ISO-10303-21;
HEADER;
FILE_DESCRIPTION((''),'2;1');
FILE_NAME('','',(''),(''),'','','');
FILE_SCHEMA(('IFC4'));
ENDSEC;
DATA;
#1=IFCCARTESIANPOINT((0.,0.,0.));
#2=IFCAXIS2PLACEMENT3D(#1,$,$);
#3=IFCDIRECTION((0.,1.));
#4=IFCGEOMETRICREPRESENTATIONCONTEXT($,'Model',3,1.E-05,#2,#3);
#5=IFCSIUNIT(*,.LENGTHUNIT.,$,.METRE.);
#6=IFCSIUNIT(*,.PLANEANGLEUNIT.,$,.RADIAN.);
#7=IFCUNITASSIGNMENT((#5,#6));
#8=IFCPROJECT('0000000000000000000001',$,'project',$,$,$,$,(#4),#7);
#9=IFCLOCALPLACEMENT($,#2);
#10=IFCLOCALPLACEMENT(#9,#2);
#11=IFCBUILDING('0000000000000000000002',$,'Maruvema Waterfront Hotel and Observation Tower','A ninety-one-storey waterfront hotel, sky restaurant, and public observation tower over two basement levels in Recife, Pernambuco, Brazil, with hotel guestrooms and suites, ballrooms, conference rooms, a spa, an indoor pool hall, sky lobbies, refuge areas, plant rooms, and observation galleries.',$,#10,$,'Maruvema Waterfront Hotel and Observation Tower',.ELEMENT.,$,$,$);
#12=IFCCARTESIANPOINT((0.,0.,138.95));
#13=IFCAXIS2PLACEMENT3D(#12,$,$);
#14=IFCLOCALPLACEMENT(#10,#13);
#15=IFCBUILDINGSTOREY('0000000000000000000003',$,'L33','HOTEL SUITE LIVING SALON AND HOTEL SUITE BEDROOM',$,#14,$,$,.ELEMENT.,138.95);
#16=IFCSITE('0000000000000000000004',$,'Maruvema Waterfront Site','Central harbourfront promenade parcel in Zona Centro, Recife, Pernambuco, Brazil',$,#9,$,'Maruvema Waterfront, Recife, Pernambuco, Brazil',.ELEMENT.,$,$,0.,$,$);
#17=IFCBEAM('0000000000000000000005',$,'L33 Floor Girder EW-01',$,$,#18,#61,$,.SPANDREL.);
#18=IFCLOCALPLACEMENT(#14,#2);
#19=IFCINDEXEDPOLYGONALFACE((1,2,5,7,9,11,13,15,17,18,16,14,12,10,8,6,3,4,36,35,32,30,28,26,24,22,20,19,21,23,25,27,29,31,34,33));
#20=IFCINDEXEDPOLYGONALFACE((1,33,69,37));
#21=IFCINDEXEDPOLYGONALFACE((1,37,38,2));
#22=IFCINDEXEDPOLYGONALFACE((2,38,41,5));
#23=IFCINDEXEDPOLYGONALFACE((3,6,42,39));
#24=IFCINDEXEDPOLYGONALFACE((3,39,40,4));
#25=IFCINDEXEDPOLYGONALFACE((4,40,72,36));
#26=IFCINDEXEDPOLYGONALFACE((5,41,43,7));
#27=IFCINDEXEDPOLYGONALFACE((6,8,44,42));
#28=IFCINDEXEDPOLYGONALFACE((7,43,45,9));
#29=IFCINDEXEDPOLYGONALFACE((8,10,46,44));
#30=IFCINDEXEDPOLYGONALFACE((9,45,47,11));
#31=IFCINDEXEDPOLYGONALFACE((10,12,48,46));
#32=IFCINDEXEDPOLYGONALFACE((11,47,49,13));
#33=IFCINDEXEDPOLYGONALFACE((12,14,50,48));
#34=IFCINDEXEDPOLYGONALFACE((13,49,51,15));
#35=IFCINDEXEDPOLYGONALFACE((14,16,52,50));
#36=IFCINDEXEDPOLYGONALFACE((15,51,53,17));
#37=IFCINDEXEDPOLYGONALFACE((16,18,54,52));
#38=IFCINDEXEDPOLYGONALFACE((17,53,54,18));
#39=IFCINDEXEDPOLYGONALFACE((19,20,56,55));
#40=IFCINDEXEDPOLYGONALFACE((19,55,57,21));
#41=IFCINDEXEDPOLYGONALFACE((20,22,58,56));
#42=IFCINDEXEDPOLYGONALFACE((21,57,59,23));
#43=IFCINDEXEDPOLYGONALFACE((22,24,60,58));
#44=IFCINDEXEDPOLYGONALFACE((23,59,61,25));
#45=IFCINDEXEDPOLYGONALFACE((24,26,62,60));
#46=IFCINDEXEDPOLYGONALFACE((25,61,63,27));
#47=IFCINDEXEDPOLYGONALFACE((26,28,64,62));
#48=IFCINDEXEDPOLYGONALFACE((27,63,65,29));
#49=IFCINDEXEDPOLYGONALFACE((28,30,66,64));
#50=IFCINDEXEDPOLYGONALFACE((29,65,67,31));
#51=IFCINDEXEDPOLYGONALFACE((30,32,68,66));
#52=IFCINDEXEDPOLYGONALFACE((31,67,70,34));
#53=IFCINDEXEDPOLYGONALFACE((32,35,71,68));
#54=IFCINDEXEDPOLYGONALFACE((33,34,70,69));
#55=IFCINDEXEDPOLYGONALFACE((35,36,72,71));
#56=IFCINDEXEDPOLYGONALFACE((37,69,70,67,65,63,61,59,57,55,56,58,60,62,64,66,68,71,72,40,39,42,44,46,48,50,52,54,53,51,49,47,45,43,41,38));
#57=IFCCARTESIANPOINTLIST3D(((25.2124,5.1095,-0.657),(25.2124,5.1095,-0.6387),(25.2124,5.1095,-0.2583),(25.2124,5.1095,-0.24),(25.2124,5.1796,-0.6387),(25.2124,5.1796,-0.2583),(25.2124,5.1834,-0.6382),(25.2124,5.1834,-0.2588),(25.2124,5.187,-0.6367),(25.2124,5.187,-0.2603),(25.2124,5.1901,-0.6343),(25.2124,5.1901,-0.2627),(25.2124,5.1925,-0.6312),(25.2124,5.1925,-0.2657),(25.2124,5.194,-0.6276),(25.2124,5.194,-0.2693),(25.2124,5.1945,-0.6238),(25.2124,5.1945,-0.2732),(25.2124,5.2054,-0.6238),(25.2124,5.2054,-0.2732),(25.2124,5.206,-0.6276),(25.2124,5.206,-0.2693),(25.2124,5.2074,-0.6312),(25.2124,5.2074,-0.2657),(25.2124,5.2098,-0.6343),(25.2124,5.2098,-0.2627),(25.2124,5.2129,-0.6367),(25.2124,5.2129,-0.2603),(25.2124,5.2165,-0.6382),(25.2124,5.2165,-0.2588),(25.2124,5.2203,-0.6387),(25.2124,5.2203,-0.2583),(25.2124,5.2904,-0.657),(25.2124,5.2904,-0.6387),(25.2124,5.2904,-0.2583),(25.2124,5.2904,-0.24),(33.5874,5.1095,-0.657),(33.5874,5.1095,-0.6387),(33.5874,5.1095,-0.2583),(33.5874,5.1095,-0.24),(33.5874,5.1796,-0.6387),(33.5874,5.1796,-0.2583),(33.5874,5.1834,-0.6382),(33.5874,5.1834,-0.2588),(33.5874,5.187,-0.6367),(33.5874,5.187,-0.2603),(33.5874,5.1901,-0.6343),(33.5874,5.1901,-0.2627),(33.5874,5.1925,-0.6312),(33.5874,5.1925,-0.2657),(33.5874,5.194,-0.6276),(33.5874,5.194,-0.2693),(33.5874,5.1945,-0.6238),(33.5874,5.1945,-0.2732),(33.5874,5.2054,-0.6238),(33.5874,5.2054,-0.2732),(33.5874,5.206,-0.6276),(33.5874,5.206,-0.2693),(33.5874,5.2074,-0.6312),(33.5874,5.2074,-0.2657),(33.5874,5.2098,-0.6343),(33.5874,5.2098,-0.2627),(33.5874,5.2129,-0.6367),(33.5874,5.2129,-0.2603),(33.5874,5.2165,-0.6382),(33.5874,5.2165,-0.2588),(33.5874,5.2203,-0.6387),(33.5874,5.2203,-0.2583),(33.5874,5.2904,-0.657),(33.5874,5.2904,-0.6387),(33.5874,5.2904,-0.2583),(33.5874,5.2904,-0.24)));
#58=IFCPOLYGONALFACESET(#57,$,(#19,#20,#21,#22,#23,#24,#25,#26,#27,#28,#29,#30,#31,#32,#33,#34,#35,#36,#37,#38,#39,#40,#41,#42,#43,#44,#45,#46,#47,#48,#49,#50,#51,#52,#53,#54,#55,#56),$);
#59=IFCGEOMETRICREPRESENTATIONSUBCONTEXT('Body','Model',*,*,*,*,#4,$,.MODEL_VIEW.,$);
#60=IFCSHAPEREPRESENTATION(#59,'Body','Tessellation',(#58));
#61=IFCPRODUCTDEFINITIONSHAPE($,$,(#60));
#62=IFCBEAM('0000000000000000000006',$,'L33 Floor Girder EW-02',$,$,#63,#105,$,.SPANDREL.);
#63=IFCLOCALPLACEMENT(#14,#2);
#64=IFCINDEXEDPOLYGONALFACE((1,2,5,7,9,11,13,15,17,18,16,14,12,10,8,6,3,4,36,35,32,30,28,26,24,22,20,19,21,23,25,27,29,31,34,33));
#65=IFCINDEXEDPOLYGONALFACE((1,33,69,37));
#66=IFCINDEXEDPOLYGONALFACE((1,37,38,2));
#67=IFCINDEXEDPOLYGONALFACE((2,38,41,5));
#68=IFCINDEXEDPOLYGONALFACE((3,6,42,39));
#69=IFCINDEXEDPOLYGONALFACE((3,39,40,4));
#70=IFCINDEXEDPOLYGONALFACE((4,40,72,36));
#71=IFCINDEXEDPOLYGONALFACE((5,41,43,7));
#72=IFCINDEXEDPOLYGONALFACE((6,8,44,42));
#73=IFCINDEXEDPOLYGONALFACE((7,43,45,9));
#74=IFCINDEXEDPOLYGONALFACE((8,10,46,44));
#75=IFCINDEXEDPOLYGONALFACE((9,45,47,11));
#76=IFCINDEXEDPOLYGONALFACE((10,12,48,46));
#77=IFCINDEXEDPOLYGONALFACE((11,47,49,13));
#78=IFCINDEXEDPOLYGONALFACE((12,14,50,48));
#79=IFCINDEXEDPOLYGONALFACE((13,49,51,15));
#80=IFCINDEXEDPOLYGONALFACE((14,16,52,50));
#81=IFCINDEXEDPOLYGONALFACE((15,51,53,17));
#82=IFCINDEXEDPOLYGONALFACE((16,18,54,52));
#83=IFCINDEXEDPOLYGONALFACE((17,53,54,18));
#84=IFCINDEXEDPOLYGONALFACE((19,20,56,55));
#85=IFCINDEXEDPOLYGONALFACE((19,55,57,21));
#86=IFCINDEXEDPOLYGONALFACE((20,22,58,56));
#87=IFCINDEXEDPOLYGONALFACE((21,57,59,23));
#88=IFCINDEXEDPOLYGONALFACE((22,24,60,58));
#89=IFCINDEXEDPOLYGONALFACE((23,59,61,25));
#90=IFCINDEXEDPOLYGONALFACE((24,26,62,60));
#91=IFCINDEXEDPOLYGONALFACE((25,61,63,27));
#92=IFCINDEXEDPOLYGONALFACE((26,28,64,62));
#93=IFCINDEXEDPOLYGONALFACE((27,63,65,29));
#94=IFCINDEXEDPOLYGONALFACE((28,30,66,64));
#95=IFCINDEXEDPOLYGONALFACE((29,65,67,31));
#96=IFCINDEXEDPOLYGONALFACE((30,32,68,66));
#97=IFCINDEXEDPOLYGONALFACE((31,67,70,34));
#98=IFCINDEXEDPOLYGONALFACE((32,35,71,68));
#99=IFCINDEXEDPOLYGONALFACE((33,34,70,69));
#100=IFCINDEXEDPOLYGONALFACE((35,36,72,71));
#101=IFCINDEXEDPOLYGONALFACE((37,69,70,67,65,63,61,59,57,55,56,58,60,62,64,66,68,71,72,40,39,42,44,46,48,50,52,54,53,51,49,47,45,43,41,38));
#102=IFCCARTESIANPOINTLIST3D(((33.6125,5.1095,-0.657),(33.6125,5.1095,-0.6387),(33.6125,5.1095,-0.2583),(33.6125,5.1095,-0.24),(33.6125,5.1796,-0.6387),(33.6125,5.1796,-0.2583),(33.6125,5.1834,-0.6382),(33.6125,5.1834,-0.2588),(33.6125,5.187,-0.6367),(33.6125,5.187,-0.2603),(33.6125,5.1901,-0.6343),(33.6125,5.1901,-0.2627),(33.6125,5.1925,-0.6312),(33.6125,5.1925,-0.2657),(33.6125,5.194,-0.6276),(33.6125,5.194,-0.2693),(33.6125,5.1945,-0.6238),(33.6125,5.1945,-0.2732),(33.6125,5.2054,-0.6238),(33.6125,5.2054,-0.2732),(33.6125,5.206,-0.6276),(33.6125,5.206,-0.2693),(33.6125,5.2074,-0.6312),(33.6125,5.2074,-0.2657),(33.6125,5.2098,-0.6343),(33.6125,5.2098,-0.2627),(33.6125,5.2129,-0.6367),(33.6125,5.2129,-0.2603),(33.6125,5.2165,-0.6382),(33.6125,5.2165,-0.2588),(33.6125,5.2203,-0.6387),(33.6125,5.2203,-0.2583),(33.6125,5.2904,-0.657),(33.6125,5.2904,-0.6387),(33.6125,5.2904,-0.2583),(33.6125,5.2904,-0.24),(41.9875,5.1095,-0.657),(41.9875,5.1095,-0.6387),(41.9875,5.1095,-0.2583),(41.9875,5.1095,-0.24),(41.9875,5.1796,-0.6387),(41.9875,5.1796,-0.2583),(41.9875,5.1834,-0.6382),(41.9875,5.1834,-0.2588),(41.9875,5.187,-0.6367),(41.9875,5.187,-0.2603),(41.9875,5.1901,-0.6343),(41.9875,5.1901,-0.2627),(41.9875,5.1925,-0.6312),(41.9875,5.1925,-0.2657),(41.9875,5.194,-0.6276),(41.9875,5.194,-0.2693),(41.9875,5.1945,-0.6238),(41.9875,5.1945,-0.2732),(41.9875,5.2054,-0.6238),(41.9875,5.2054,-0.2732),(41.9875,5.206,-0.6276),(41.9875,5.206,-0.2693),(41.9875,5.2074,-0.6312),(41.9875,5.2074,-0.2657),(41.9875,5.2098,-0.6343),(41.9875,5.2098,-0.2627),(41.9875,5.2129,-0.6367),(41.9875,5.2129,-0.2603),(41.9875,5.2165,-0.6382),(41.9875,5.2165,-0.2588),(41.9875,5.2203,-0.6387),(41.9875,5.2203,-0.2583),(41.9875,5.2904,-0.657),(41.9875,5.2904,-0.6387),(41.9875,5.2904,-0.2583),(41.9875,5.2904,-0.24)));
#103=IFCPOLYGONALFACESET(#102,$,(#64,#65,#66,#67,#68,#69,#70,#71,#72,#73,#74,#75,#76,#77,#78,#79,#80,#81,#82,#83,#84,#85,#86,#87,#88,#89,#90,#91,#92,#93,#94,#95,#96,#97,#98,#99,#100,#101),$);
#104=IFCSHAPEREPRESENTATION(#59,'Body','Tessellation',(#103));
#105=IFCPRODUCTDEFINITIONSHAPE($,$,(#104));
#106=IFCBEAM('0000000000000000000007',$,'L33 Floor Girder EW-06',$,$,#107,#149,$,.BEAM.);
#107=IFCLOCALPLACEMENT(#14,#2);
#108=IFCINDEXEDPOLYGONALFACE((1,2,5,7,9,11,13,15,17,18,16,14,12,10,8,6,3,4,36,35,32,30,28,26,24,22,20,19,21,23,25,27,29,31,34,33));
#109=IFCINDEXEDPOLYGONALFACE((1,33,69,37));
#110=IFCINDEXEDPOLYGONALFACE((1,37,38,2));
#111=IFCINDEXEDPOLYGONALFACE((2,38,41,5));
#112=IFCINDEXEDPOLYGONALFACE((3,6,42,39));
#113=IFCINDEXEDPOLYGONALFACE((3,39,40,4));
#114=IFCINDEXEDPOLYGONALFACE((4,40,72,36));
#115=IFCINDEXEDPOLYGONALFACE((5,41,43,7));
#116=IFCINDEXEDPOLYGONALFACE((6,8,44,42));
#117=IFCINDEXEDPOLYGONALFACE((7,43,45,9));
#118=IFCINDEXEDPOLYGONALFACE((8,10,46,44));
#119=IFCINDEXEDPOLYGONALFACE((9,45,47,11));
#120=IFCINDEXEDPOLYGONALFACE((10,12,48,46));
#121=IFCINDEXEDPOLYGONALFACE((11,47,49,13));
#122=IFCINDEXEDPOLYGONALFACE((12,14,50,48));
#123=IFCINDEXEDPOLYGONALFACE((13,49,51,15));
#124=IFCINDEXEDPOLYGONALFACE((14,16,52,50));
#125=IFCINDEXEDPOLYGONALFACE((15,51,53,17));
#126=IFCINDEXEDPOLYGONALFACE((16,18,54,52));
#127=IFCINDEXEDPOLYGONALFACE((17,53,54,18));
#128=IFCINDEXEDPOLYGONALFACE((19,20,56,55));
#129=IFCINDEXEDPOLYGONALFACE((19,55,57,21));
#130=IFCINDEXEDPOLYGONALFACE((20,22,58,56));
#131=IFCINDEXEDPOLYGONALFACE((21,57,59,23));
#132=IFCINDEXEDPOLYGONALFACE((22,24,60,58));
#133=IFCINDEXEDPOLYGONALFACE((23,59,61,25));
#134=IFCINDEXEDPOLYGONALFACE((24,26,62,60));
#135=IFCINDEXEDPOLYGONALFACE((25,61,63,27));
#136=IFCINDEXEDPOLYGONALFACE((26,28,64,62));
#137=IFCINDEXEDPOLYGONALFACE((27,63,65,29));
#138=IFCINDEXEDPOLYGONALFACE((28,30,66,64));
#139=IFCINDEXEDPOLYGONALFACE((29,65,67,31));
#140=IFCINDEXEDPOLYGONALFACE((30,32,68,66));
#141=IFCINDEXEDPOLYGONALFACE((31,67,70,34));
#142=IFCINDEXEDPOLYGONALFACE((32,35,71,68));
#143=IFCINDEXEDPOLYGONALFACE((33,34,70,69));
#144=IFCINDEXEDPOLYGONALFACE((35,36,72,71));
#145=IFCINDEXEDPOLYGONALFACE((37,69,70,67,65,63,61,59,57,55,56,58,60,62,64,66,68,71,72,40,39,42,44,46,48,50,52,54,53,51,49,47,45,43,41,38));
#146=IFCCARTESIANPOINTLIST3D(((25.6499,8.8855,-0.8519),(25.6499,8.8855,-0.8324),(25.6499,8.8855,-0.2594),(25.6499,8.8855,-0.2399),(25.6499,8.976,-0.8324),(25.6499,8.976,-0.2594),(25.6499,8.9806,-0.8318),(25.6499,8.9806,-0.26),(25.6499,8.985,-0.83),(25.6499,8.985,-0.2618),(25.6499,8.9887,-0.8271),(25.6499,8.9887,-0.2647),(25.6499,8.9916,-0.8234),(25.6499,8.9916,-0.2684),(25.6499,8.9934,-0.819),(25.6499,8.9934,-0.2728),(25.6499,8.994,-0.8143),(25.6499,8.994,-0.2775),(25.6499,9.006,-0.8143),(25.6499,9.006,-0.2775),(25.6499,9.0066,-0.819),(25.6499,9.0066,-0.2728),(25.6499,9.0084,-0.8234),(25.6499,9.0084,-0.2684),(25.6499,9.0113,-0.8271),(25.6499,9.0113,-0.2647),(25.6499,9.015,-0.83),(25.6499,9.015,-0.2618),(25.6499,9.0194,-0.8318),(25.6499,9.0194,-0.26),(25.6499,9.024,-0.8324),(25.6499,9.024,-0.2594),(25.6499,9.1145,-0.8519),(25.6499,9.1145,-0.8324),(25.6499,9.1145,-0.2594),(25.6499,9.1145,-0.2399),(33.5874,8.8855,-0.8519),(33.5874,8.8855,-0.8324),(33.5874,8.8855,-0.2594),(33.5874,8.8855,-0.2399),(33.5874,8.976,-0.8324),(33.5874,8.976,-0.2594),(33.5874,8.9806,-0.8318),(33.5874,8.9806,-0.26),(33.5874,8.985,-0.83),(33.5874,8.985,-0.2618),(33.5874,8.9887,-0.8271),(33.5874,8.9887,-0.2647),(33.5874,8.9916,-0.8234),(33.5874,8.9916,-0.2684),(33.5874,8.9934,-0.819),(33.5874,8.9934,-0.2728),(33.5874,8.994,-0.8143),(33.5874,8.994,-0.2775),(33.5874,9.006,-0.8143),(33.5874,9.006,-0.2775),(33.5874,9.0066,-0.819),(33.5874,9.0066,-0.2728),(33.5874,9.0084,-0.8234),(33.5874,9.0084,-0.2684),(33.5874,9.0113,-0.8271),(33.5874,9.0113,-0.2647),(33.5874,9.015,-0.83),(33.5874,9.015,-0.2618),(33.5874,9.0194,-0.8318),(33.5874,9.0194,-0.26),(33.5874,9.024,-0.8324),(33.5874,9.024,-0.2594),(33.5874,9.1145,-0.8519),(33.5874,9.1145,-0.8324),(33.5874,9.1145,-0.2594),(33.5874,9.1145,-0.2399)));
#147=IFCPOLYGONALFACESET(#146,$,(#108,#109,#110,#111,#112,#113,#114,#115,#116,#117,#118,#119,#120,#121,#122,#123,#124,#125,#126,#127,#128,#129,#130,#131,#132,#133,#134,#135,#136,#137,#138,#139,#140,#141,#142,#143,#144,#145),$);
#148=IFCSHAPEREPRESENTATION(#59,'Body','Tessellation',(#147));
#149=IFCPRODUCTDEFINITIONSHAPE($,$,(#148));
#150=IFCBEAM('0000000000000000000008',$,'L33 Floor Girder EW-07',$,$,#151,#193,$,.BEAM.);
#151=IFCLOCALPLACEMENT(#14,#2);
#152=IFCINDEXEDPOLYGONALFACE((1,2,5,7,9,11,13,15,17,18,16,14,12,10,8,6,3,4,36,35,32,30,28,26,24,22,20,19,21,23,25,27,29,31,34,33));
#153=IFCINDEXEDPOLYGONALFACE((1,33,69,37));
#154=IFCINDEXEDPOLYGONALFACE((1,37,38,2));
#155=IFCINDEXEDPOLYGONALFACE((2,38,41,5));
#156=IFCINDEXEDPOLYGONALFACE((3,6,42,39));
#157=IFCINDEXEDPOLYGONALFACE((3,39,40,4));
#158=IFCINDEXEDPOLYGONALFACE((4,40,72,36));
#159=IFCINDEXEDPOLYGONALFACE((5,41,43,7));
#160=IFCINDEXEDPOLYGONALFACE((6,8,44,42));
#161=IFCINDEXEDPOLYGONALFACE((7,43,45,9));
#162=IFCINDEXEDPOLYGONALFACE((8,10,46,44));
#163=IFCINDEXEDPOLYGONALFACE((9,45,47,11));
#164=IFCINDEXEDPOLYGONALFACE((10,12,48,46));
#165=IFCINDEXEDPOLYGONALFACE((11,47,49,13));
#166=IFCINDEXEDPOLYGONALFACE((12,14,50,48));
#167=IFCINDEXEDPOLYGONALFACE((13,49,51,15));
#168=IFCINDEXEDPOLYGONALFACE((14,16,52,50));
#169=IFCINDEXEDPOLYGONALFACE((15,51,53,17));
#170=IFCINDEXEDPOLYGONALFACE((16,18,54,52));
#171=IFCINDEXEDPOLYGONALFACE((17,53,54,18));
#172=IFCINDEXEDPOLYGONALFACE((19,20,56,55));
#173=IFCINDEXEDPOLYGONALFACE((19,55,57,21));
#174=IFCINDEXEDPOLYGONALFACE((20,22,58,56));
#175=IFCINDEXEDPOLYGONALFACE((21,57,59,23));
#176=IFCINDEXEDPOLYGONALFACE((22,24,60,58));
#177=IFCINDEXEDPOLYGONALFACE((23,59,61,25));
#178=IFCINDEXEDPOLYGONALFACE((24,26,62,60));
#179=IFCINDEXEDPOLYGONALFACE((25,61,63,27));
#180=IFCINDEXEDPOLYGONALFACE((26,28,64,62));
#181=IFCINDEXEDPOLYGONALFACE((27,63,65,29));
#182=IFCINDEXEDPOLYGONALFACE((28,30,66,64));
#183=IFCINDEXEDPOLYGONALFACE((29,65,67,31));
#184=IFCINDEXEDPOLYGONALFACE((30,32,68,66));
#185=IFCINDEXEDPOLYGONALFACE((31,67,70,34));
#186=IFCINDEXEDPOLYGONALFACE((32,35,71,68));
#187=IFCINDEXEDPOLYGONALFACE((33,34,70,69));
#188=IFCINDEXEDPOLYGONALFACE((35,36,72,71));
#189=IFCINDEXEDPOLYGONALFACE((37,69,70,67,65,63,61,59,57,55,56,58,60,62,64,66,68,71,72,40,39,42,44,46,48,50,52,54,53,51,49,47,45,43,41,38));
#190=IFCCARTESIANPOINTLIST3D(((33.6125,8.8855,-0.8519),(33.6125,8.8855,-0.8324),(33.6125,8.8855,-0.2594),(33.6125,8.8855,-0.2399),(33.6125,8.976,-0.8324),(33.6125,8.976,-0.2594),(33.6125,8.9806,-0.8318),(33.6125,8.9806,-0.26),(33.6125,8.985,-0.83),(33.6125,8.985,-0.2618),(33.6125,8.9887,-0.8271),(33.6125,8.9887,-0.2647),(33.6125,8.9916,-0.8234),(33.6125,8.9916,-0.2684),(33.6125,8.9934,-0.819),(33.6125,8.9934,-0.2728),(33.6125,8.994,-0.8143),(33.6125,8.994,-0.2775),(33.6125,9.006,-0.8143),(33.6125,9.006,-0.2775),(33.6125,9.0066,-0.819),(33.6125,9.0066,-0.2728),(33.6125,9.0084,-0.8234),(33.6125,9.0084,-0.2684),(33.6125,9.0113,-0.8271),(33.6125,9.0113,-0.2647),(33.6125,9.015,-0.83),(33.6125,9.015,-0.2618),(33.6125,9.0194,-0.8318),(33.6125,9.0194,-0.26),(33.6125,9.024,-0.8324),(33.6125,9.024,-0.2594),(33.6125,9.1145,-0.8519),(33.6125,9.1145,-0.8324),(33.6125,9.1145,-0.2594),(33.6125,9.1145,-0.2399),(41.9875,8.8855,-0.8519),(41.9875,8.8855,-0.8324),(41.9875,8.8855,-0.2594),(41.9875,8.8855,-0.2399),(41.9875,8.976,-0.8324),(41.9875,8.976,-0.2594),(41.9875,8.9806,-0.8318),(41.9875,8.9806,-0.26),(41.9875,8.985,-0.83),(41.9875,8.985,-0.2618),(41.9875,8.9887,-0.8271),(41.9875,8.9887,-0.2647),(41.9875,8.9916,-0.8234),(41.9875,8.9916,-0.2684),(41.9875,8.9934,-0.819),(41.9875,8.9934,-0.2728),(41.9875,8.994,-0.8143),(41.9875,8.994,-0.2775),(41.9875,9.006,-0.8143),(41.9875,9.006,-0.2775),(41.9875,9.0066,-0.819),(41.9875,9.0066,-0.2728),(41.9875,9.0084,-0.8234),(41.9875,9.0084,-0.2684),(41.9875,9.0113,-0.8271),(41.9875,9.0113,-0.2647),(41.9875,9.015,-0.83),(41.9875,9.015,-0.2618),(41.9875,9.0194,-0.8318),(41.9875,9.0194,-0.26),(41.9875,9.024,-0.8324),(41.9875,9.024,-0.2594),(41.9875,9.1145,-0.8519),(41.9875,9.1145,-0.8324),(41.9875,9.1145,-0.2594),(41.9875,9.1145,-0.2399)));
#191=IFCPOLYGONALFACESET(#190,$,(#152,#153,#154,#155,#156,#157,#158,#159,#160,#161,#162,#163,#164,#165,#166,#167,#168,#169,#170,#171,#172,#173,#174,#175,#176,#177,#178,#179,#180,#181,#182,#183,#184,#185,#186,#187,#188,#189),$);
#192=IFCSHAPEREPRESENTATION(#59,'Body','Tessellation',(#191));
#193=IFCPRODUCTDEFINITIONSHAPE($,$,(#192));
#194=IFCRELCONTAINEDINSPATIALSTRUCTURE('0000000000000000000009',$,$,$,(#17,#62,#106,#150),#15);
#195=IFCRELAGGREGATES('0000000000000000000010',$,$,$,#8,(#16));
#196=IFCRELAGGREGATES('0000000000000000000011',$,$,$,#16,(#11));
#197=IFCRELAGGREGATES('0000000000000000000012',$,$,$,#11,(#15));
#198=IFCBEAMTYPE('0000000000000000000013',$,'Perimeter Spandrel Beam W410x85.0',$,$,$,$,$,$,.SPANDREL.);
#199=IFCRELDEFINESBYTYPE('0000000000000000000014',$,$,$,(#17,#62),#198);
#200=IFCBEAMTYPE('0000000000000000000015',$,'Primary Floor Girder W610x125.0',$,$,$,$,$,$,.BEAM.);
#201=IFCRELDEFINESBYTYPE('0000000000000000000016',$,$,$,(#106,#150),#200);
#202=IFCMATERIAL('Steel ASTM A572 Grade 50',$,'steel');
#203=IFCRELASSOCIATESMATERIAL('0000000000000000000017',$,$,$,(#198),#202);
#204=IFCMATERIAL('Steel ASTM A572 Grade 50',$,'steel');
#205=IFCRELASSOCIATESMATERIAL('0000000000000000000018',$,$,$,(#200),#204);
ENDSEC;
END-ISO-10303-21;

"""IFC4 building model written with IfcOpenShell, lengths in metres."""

from ifc_helpers import new_model, si_unit, direction, frame, origin, origin_2d, place, context, subcontext, project, spatial, i_section, extrude, material, material_profile, profile_set, type_object, element, save


model = new_model("IFC4")

# Units and contexts
model_context = context("Model", 3, precision=1e-05, world=origin(), true_north=direction((0.0, 1.0)))
body_context = subcontext(model_context, "Body", "Model", "MODEL_VIEW")
ifc_project = project(units=[si_unit("LENGTHUNIT", "METRE"), si_unit("PLANEANGLEUNIT", "RADIAN")], contexts=[model_context])

# Site, building, storey
site_placement = place(None, origin())
site = spatial("IfcSite", under=ifc_project, at=site_placement, Name="Maruvema Waterfront Site", Description="Central harbourfront promenade parcel in Zona Centro, Recife, Pernambuco, Brazil", LongName="Maruvema Waterfront, Recife, Pernambuco, Brazil", CompositionType="ELEMENT", RefElevation=0.0)
building_placement = place(site_placement, origin())
building = spatial("IfcBuilding", under=site, at=building_placement, Name="Maruvema Waterfront Hotel and Observation Tower", Description="A ninety-one-storey waterfront hotel, sky restaurant, and public observation tower over two basement levels in Recife, Pernambuco, Brazil, with hotel guestrooms and suites, ballrooms, conference rooms, a spa, an indoor pool hall, sky lobbies, refuge areas, plant rooms, and observation galleries.", LongName="Maruvema Waterfront Hotel and Observation Tower", CompositionType="ELEMENT")
storey_placement = place(building_placement, frame((0.0, 0.0, 138.95)))
storey = spatial("IfcBuildingStorey", under=building, at=storey_placement, Name="L33", Description="HOTEL SUITE LIVING SALON AND HOTEL SUITE BEDROOM", CompositionType="ELEMENT", Elevation=138.95)

# Beams
ifc_material_1 = material(Name="Steel ASTM A572 Grade 50", Category="steel")
ifc_material_profile_1 = material_profile(ifc_material_1, i_section(OverallWidth=0.1809, OverallDepth=0.417, WebThickness=0.011, FlangeThickness=0.0183, FilletRadius=0.0149, at=origin_2d()), Name="W410x85.0")
ifc_profile_set_1 = profile_set([ifc_material_profile_1], Name="Steel ASTM A572 Grade 50")
beam_type_1 = type_object("IfcBeamType", Name="Perimeter Spandrel Beam W410x85.0", PredefinedType="SPANDREL", material=ifc_profile_set_1)
for number, where, z_axis, x_axis, name in (
    (1, (25.2124, 5.2, -0.4485), (1.0, 0.0, 0.0), (0.0, 1.0, 0.0), "L33 Floor Girder EW-01"),
    (2, (33.6125, 5.2, -0.4485), (1.0, 0.0, 0.0), (0.0, 1.0, 0.0), "L33 Floor Girder EW-02"),
):
    element("IfcBeam", number, at=place(storey_placement, frame(where, z_axis=z_axis, x_axis=x_axis)), inside=storey, type_object=beam_type_1, Name=name, PredefinedType="SPANDREL", context=body_context, shape_type="SweptSolid", body=[
        extrude(i_section(OverallWidth=0.1809, OverallDepth=0.417, WebThickness=0.011, FlangeThickness=0.0183, FilletRadius=0.0149, at=origin_2d()), origin(), (0.0, 0.0, 1.0), 8.375),
    ])
ifc_material_2 = material(Name="Steel ASTM A572 Grade 50", Category="steel")
ifc_material_profile_2 = material_profile(ifc_material_2, i_section(OverallWidth=0.229, OverallDepth=0.6121, WebThickness=0.012, FlangeThickness=0.0195, FilletRadius=0.0181, at=origin_2d()), Name="W610x125.0")
ifc_profile_set_2 = profile_set([ifc_material_profile_2], Name="Steel ASTM A572 Grade 50")
beam_type_2 = type_object("IfcBeamType", Name="Primary Floor Girder W610x125.0", PredefinedType="BEAM", material=ifc_profile_set_2)
beam_1_placement = place(storey_placement, frame((25.6499, 9.0, -0.5459), z_axis=(1.0, 0.0, 0.0), x_axis=(0.0, 1.0, 0.0)))
element("IfcBeam", 3, at=beam_1_placement, inside=storey, type_object=beam_type_2, Name="L33 Floor Girder EW-06", PredefinedType="BEAM", context=body_context, shape_type="SweptSolid", body=[
    extrude(i_section(OverallWidth=0.229, OverallDepth=0.6121, WebThickness=0.012, FlangeThickness=0.0195, FilletRadius=0.0181, at=origin_2d()), origin(), (0.0, 0.0, 1.0), 7.9375),
])
beam_2_placement = place(storey_placement, frame((33.6125, 9.0, -0.5459), z_axis=(1.0, 0.0, 0.0), x_axis=(0.0, 1.0, 0.0)))
element("IfcBeam", 4, at=beam_2_placement, inside=storey, type_object=beam_type_2, Name="L33 Floor Girder EW-07", PredefinedType="BEAM", context=body_context, shape_type="SweptSolid", body=[
    extrude(i_section(OverallWidth=0.229, OverallDepth=0.6121, WebThickness=0.012, FlangeThickness=0.0195, FilletRadius=0.0181, at=origin_2d()), origin(), (0.0, 0.0, 1.0), 8.375),
])

save(model, "model.ifc")
